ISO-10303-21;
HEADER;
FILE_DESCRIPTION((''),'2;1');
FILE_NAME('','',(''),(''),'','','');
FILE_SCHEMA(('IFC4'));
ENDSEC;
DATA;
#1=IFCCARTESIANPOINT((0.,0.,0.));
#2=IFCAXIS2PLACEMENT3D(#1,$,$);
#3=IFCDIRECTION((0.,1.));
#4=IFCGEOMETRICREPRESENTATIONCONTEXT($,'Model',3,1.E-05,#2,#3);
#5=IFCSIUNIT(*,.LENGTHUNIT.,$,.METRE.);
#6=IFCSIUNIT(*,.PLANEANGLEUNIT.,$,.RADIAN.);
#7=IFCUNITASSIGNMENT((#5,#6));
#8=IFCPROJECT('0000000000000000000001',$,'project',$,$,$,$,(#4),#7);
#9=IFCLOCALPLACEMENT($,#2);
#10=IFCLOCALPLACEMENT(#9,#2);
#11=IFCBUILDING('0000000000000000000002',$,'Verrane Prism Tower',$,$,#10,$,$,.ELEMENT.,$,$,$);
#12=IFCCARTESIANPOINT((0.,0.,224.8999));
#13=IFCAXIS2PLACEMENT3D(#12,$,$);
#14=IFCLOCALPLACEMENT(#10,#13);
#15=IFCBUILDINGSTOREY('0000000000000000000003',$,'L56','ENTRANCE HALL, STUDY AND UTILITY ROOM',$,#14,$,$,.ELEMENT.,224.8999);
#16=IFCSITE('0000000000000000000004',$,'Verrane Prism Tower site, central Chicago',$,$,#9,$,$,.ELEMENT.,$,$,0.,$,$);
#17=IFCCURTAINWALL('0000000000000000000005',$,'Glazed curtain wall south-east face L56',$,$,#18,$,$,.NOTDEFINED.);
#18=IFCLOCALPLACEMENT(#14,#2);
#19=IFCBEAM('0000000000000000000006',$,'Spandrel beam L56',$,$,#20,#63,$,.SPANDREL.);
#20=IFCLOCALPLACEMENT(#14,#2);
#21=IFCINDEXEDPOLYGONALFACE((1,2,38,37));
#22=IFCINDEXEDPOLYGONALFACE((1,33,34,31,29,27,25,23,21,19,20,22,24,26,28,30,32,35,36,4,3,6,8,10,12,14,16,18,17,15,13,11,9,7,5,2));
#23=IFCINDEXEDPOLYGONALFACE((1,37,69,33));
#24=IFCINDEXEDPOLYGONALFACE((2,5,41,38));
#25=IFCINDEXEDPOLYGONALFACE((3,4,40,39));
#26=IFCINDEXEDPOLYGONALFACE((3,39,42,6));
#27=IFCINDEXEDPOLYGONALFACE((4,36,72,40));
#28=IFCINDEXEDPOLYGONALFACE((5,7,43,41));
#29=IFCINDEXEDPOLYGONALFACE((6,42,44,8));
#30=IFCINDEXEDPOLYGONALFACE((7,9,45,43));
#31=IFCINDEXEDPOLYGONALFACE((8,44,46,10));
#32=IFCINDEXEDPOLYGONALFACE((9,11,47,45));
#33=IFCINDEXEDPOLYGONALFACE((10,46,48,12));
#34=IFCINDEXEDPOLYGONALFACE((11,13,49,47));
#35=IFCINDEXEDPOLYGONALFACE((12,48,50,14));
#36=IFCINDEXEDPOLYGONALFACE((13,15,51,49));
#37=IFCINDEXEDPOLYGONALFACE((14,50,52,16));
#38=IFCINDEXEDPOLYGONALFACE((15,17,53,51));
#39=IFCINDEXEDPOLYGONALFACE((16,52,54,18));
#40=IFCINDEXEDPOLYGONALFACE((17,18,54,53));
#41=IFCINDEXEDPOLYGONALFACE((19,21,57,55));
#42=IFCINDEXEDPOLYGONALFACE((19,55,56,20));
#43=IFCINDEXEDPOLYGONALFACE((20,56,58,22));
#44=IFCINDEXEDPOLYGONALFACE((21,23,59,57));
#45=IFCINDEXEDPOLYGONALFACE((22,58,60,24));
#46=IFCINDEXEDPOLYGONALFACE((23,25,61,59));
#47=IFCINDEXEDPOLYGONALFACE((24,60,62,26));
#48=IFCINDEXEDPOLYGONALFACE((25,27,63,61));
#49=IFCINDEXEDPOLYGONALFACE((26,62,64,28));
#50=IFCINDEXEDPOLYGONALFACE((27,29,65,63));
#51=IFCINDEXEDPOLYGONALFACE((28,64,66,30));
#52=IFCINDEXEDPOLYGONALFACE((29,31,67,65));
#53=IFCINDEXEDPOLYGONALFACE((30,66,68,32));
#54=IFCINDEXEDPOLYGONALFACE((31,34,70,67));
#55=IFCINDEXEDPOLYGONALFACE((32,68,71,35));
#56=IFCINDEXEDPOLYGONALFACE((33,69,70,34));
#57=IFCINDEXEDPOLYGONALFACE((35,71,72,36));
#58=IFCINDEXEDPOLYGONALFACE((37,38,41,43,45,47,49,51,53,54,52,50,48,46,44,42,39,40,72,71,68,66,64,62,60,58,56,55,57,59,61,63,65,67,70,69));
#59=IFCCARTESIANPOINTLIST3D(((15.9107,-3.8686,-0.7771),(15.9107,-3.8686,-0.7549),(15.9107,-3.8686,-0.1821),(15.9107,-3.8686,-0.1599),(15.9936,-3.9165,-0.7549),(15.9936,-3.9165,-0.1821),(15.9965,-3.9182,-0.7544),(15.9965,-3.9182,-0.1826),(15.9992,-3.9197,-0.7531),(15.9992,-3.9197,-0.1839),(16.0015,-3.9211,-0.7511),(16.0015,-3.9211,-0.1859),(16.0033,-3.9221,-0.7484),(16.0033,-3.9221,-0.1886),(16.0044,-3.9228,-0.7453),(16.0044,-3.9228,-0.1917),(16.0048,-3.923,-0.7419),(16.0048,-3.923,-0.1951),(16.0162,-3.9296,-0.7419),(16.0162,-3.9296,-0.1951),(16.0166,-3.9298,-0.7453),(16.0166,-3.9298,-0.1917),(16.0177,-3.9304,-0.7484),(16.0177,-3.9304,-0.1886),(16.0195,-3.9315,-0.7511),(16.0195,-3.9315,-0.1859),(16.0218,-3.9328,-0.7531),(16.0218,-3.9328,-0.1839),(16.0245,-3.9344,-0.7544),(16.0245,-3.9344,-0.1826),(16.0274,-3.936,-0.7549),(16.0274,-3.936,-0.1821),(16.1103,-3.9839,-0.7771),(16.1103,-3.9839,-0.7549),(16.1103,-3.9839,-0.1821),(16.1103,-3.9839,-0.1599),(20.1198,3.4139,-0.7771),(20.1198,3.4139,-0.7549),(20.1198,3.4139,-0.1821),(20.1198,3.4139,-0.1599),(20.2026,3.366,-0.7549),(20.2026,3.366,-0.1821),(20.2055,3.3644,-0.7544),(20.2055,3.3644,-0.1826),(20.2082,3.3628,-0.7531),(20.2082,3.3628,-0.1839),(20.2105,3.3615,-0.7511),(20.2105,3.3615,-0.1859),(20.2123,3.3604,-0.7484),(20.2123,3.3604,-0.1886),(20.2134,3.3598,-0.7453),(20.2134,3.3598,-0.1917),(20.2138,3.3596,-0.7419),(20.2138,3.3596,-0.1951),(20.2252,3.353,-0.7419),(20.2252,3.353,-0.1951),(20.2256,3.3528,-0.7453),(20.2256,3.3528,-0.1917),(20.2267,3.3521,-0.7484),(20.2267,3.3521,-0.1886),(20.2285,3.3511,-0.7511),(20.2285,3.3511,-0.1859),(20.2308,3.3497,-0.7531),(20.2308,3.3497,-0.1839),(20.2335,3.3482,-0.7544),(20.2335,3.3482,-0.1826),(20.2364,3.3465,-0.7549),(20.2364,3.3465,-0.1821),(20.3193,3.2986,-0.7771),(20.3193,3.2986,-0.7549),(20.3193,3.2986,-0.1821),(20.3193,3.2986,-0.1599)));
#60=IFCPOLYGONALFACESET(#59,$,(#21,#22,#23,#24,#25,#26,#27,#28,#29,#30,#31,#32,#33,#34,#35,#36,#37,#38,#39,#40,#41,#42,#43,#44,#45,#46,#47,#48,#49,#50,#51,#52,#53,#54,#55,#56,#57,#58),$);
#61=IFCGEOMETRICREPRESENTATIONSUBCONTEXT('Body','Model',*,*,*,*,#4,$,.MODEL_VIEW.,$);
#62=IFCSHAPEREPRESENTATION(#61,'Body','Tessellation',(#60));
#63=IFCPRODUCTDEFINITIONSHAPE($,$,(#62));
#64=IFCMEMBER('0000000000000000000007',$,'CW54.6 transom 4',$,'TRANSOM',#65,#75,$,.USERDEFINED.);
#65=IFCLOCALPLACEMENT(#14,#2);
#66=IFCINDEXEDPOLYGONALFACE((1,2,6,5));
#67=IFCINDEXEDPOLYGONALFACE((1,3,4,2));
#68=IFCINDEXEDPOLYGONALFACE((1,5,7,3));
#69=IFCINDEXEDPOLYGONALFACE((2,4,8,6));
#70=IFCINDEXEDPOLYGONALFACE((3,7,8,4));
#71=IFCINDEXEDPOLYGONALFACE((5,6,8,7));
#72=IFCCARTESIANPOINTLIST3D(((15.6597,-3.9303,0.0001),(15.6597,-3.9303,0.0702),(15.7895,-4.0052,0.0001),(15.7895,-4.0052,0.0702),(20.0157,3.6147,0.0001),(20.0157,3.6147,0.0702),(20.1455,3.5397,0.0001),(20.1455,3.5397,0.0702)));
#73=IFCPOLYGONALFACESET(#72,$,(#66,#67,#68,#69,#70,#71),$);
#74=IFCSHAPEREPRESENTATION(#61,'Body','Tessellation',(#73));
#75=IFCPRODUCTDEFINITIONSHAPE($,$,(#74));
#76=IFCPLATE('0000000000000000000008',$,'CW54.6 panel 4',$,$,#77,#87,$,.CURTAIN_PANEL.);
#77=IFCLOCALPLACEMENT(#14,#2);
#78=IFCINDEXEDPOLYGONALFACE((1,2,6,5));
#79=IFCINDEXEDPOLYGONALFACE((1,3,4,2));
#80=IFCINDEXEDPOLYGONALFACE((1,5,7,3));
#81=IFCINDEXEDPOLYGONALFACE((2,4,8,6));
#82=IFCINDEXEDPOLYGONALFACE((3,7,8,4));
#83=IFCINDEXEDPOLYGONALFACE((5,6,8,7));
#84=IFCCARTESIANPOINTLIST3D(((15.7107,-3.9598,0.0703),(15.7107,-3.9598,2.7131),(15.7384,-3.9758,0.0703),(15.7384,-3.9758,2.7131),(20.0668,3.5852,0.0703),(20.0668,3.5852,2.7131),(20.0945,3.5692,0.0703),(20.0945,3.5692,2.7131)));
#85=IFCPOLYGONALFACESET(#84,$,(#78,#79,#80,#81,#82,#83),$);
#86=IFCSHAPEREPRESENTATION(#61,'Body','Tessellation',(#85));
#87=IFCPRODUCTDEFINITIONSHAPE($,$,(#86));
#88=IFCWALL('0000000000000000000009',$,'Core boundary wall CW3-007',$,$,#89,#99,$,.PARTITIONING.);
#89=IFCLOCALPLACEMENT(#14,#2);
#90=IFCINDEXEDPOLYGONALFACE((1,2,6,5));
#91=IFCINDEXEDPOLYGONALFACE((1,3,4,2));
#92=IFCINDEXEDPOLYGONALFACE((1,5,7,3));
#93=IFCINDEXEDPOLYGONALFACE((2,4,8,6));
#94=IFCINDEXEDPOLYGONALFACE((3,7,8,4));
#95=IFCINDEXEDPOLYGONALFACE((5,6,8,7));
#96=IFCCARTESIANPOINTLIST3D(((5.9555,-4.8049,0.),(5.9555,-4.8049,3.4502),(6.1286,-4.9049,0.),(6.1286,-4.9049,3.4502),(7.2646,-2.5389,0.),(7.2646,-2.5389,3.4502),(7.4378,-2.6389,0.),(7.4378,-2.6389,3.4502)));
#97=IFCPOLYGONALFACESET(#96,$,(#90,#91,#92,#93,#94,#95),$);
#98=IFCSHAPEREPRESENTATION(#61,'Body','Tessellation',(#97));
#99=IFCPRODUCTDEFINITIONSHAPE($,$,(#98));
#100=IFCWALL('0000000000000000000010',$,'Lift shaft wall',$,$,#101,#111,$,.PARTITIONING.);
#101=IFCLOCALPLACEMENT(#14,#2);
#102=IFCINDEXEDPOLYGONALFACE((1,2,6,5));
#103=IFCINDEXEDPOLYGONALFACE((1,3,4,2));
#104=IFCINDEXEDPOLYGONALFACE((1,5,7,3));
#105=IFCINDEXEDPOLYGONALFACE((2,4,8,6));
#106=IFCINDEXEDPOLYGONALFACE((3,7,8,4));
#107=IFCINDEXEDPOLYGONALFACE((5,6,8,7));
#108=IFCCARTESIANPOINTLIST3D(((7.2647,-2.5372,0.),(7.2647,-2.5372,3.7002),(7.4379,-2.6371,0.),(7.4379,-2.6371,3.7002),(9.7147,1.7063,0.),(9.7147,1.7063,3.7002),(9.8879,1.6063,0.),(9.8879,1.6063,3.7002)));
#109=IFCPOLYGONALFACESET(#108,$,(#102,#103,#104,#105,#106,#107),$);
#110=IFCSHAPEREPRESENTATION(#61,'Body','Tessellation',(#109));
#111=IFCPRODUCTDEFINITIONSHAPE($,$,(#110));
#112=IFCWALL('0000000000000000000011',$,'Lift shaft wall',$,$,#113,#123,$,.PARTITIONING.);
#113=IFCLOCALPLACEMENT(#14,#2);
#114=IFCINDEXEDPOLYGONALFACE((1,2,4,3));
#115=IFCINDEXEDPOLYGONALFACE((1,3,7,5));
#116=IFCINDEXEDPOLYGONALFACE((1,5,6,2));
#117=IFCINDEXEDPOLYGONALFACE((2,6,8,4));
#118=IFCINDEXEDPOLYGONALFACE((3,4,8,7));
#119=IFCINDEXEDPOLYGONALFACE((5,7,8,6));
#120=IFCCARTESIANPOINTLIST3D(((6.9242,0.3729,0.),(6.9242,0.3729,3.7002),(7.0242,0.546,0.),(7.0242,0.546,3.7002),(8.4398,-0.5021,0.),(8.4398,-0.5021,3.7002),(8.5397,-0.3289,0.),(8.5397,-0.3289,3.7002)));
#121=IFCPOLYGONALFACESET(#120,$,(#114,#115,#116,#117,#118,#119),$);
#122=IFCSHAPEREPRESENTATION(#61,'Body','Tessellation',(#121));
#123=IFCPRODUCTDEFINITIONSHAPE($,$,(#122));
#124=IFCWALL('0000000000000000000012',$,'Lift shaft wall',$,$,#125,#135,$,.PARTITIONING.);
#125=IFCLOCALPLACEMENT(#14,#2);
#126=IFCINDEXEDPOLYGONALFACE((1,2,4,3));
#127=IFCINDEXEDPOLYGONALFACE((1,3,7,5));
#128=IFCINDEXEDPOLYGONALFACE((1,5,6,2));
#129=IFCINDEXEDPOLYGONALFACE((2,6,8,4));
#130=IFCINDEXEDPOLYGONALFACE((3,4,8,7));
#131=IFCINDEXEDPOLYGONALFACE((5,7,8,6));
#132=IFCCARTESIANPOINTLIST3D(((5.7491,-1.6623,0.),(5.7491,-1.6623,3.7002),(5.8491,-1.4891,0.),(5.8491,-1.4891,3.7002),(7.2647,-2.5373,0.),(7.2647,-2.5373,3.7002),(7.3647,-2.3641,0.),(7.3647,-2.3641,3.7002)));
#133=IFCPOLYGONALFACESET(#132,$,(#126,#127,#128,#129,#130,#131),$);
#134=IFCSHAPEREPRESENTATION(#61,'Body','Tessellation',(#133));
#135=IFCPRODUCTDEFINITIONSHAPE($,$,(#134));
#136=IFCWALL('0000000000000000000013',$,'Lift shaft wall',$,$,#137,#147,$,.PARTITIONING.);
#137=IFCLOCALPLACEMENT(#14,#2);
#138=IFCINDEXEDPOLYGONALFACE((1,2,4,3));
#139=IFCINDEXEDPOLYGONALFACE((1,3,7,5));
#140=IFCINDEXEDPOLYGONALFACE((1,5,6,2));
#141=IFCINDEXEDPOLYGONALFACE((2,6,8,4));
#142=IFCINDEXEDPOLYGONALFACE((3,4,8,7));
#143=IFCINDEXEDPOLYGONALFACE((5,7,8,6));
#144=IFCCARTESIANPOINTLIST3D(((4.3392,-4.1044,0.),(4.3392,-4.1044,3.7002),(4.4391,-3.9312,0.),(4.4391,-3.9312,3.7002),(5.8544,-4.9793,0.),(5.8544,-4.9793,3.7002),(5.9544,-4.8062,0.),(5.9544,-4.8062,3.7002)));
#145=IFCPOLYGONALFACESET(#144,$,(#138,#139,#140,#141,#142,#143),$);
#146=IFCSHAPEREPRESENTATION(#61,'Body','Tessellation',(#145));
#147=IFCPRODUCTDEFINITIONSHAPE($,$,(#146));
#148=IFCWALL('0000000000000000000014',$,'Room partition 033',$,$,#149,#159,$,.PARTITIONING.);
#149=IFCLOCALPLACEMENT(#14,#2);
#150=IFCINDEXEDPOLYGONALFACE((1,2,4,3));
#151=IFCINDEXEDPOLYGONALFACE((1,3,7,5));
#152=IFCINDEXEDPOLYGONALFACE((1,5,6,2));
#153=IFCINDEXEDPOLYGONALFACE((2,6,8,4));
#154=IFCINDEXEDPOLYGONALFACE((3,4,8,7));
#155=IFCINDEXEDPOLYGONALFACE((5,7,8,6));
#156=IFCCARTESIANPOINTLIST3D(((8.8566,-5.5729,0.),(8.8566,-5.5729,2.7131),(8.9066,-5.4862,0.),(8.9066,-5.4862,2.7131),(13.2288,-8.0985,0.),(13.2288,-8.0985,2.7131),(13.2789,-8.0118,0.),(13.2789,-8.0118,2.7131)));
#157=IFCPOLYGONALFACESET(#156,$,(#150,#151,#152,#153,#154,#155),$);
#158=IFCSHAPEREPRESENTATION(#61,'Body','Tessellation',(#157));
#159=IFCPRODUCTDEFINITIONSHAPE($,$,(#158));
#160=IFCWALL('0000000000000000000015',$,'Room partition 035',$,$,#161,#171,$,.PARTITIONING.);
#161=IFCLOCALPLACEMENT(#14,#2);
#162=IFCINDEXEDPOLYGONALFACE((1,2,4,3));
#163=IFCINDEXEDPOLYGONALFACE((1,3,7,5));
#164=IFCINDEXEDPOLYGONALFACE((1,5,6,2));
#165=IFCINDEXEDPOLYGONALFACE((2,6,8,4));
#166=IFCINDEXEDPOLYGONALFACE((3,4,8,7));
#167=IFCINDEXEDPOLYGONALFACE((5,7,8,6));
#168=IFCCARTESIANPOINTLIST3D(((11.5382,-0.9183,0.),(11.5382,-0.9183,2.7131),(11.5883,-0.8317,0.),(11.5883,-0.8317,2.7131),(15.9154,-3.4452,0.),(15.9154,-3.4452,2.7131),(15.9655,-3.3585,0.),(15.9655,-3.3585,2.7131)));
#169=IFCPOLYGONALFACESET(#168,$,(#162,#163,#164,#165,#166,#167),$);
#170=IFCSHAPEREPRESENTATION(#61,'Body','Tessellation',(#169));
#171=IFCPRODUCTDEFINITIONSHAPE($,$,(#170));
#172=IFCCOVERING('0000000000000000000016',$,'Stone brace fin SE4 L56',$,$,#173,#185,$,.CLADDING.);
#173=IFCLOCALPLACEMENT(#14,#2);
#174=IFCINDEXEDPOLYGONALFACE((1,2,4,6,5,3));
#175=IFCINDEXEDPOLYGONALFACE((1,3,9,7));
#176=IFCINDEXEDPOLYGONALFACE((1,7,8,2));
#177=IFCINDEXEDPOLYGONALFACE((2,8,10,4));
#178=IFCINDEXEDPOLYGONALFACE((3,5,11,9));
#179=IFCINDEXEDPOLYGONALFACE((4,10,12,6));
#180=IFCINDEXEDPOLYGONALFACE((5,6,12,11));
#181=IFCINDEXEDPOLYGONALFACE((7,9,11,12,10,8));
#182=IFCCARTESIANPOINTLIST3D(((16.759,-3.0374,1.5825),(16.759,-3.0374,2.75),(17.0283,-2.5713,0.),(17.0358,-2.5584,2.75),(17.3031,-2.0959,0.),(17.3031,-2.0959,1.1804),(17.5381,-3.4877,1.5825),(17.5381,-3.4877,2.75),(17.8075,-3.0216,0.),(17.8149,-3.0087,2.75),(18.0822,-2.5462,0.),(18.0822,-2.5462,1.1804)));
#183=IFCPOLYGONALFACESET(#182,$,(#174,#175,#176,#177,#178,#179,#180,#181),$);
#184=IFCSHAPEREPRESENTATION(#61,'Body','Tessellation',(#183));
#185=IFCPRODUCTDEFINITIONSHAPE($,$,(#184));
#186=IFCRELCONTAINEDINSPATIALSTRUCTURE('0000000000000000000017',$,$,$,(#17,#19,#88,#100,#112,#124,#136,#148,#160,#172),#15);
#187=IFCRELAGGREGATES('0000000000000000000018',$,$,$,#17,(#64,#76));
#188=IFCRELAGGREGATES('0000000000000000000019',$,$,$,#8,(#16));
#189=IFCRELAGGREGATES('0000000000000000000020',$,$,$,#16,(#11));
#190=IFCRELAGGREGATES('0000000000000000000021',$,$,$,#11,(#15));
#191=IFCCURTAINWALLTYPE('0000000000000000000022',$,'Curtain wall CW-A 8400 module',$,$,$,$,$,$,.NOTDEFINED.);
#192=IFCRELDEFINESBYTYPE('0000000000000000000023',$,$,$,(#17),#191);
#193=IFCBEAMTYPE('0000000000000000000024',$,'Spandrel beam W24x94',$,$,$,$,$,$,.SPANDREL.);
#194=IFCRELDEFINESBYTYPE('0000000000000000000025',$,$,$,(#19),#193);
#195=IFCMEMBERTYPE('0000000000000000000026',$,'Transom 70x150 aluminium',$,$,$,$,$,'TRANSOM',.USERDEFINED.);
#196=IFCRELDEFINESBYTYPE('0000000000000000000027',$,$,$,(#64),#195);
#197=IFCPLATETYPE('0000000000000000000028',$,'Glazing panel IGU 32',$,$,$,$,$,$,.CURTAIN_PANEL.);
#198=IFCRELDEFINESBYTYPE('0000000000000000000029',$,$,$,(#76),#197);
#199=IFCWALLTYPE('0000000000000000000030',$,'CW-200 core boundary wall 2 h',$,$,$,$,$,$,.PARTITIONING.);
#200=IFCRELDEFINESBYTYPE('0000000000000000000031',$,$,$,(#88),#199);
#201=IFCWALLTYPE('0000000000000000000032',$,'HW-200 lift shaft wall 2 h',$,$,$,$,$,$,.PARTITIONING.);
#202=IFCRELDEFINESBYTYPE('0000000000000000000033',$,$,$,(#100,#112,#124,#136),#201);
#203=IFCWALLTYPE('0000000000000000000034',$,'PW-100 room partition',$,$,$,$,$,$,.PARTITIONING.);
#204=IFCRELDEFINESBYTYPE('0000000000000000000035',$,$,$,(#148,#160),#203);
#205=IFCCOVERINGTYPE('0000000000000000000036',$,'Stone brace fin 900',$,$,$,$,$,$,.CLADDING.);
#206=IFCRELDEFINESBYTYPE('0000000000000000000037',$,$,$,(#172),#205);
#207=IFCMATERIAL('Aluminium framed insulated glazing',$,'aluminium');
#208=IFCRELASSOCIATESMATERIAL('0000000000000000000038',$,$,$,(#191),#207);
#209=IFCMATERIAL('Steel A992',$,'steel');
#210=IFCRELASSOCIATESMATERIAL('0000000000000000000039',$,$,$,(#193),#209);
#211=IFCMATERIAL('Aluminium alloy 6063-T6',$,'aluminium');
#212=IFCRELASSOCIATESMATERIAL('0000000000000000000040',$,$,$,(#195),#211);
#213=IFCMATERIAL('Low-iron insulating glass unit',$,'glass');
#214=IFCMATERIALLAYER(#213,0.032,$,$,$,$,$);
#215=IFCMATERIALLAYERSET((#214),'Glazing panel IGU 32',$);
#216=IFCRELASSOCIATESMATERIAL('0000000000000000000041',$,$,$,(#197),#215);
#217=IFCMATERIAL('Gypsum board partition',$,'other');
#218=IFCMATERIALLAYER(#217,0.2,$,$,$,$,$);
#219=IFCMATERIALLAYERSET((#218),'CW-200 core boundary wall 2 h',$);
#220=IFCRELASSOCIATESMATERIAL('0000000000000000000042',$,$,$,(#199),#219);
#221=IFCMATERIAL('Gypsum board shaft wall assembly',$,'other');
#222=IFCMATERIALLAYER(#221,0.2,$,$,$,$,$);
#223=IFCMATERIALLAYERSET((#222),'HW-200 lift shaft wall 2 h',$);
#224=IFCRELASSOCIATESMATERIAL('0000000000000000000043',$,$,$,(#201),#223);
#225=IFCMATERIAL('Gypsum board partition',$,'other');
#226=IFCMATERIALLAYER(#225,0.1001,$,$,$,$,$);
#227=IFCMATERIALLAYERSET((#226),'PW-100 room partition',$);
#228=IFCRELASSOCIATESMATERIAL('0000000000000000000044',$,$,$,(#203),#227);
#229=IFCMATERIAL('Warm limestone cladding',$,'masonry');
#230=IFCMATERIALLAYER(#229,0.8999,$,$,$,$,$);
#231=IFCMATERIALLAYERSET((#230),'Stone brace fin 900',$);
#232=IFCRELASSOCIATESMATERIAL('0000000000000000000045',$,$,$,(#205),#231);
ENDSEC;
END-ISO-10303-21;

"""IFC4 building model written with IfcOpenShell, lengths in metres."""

from ifc_helpers import new_model, si_unit, direction, frame, frame_2d, origin, origin_2d, place, context, subcontext, project, spatial, polyline, rectangle, i_section, outline, extrude, material, layer, layer_set, material_profile, profile_set, type_object, element, aggregate, save


model = new_model("IFC4")

# Units and contexts
model_context = context("Model", 3, precision=1e-05, world=origin(), true_north=direction((0.0, 1.0)))
body_context = subcontext(model_context, "Body", "Model", "MODEL_VIEW")
ifc_project = project(units=[si_unit("LENGTHUNIT", "METRE"), si_unit("PLANEANGLEUNIT", "RADIAN")], contexts=[model_context])

# Site, building, storey
site_placement = place(None, origin())
site = spatial("IfcSite", under=ifc_project, at=site_placement, Name="Verrane Prism Tower site, central Chicago", CompositionType="ELEMENT", RefElevation=0.0)
building_placement = place(site_placement, origin())
building = spatial("IfcBuilding", under=site, at=building_placement, Name="Verrane Prism Tower", CompositionType="ELEMENT")
storey_placement = place(building_placement, frame((0.0, 0.0, 224.8999)))
storey = spatial("IfcBuildingStorey", under=building, at=storey_placement, Name="L56", Description="ENTRANCE HALL, STUDY AND UTILITY ROOM", CompositionType="ELEMENT", Elevation=224.8999)

# Curtain wall
ifc_material_1 = material(Name="Aluminium framed insulated glazing", Category="aluminium")
curtain_wall_type = type_object("IfcCurtainWallType", Name="Curtain wall CW-A 8400 module", PredefinedType="NOTDEFINED", material=ifc_material_1)
curtain_wall_placement = place(storey_placement, origin())
curtain_wall = element("IfcCurtainWall", 1, at=curtain_wall_placement, inside=storey, type_object=curtain_wall_type, Name="Glazed curtain wall south-east face L56", PredefinedType="NOTDEFINED")

# Beam
ifc_material_2 = material(Name="Steel A992", Category="steel")
ifc_material_profile_1 = material_profile(ifc_material_2, i_section(OverallWidth=0.2305, OverallDepth=0.6172, WebThickness=0.0132, FlangeThickness=0.0222, FilletRadius=0.0129, at=origin_2d()), Name="W24x94")
ifc_profile_set_1 = profile_set([ifc_material_profile_1], Name="Steel A992")
beam_type_1 = type_object("IfcBeamType", Name="Spandrel beam W24x94", PredefinedType="SPANDREL", material=ifc_profile_set_1)
beam_1_placement = place(storey_placement, frame((16.0105, -3.9263, -0.4685), z_axis=(0.500397, 0.865796, 0.0), x_axis=(-0.865796, 0.500397, 0.0)))
element("IfcBeam", 2, at=beam_1_placement, inside=storey, type_object=beam_type_1, Name="Spandrel beam L56", PredefinedType="SPANDREL", context=body_context, shape_type="SweptSolid", body=[
    extrude(i_section(OverallWidth=0.2305, OverallDepth=0.6172, WebThickness=0.0132, FlangeThickness=0.0222, FilletRadius=0.0129, at=origin_2d()), origin(), (0.0, 0.0, 1.0), 8.4114),
])

# Member
ifc_material_3 = material(Name="Aluminium alloy 6063-T6", Category="aluminium")
ifc_material_profile_2 = material_profile(ifc_material_3, rectangle(XDim=0.1499, YDim=0.0701, at=origin_2d()), Name="Transom 70x150 aluminium")
ifc_profile_set_2 = profile_set([ifc_material_profile_2], Name="Aluminium alloy 6063-T6")
member_type_1 = type_object("IfcMemberType", Name="Transom 70x150 aluminium", ElementType="TRANSOM", PredefinedType="USERDEFINED", material=ifc_profile_set_2)
member_1_placement = place(storey_placement, frame((15.7246, -3.9678, 0.0352), z_axis=(0.499991, 0.866031, 0.0), x_axis=(-0.866031, 0.499991, 0.0)))
member_1 = element("IfcMember", 3, at=member_1_placement, type_object=member_type_1, Name="CW54.6 transom 4", ObjectType="TRANSOM", PredefinedType="USERDEFINED", context=body_context, shape_type="SweptSolid", body=[
    extrude(rectangle(XDim=0.1499, YDim=0.0701, at=origin_2d()), origin(), (0.0, 0.0, 1.0), 8.7122),
])

# Plate
ifc_material_4 = material(Name="Low-iron insulating glass unit", Category="glass")
ifc_layer_1 = layer(ifc_material_4, 0.032)
ifc_layer_set_1 = layer_set([ifc_layer_1], Name="Glazing panel IGU 32")
plate_type = type_object("IfcPlateType", Name="Glazing panel IGU 32", PredefinedType="CURTAIN_PANEL", material=ifc_layer_set_1)
plate_placement = place(storey_placement, frame((17.9026, -0.1953, 0.0703), z_axis=(0.0, 0.0, 1.0), x_axis=(0.500001, 0.866025, 0.0)))
plate = element("IfcPlate", 4, at=plate_placement, type_object=plate_type, Name="CW54.6 panel 4", PredefinedType="CURTAIN_PANEL", context=body_context, shape_type="SweptSolid", body=[
    extrude(rectangle(XDim=8.7122, YDim=0.032, at=origin_2d()), origin(), (0.0, 0.0, 1.0), 2.6428),
])
aggregate(curtain_wall, [member_1, plate])

# Walls
ifc_material_5 = material(Name="Gypsum board partition", Category="other")
ifc_layer_2 = layer(ifc_material_5, 0.2)
ifc_layer_set_2 = layer_set([ifc_layer_2], Name="CW-200 core boundary wall 2 h")
wall_type_1 = type_object("IfcWallType", Name="CW-200 core boundary wall 2 h", PredefinedType="PARTITIONING", material=ifc_layer_set_2)
wall_1_placement = place(storey_placement, frame((6.042, -4.855, 0.0), z_axis=(0.0, 0.0, 1.0), x_axis=(0.500253, 0.865879, 0.0)))
element("IfcWall", 5, at=wall_1_placement, inside=storey, type_object=wall_type_1, Name="Core boundary wall CW3-007", PredefinedType="PARTITIONING", context=body_context, shape_type="SweptSolid", body=[
    extrude(rectangle(XDim=2.6169, YDim=0.2, at=frame_2d((1.3086, 0.0))), origin(), (0.0, 0.0, 1.0), 3.4502),
])
ifc_material_6 = material(Name="Gypsum board shaft wall assembly", Category="other")
ifc_layer_3 = layer(ifc_material_6, 0.2)
ifc_layer_set_3 = layer_set([ifc_layer_3], Name="HW-200 lift shaft wall 2 h")
wall_type_2 = type_object("IfcWallType", Name="HW-200 lift shaft wall 2 h", PredefinedType="PARTITIONING", material=ifc_layer_set_3)
wall_2_placement = place(storey_placement, frame((7.3513, -2.5872, 0.0), z_axis=(0.0, 0.0, 1.0), x_axis=(0.500003, 0.866024, 0.0)))
element("IfcWall", 6, at=wall_2_placement, inside=storey, type_object=wall_type_2, Name="Lift shaft wall", PredefinedType="PARTITIONING", context=body_context, shape_type="SweptSolid", body=[
    extrude(rectangle(XDim=4.8999, YDim=0.2, at=frame_2d((2.45, 0.0))), origin(), (0.0, 0.0, 1.0), 3.7002),
])
for number, where, z_axis, x_axis, name in (
    (7, (8.4897, -0.4155, 0.0), (0.0, 0.0, 1.0), (-0.866037, 0.49998, 0.0), "Lift shaft wall"),
    (8, (7.3147, -2.4507, 0.0), (0.0, 0.0, 1.0), (-0.866037, 0.49998, 0.0), "Lift shaft wall"),
):
    element("IfcWall", number, at=place(storey_placement, frame(where, z_axis=z_axis, x_axis=x_axis)), inside=storey, type_object=wall_type_2, Name=name, PredefinedType="PARTITIONING", context=body_context, shape_type="SweptSolid", body=[
        extrude(rectangle(XDim=1.75, YDim=0.2, at=frame_2d((0.875, 0.0))), origin(), (0.0, 0.0, 1.0), 3.7002),
    ])
wall_3_placement = place(storey_placement, frame((5.9045, -4.8928, 0.0), z_axis=(0.0, 0.0, 1.0), x_axis=(-0.866002, 0.50004, 0.0)))
element("IfcWall", 9, at=wall_3_placement, inside=storey, type_object=wall_type_2, Name="Lift shaft wall", PredefinedType="PARTITIONING", context=body_context, shape_type="SweptSolid", body=[
    extrude(rectangle(XDim=1.7498, YDim=0.2, at=frame_2d((0.875, 0.0))), origin(), (0.0, 0.0, 1.0), 3.7002),
])
ifc_material_7 = material(Name="Gypsum board partition", Category="other")
ifc_layer_4 = layer(ifc_material_7, 0.1001)
ifc_layer_set_4 = layer_set([ifc_layer_4], Name="PW-100 room partition")
wall_type_3 = type_object("IfcWallType", Name="PW-100 room partition", PredefinedType="PARTITIONING", material=ifc_layer_set_4)
wall_4_placement = place(storey_placement, frame((8.8816, -5.5295, 0.0), z_axis=(0.0, 0.0, 1.0), x_axis=(0.865916, -0.50019, 0.0)))
element("IfcWall", 10, at=wall_4_placement, inside=storey, type_object=wall_type_3, Name="Room partition 033", PredefinedType="PARTITIONING", context=body_context, shape_type="SweptSolid", body=[
    extrude(rectangle(XDim=5.0493, YDim=0.1001, at=frame_2d((2.5247, 0.0))), origin(), (0.0, 0.0, 1.0), 2.7131),
])
wall_5_placement = place(storey_placement, frame((11.5632, -0.875, 0.0), z_axis=(0.0, 0.0, 1.0), x_axis=(0.866053, -0.499952, 0.0)))
element("IfcWall", 11, at=wall_5_placement, inside=storey, type_object=wall_type_3, Name="Room partition 035", PredefinedType="PARTITIONING", context=body_context, shape_type="SweptSolid", body=[
    extrude(rectangle(XDim=5.0542, YDim=0.1001, at=frame_2d((2.5271, 0.0))), origin(), (0.0, 0.0, 1.0), 2.7131),
])

# Covering
ifc_material_8 = material(Name="Warm limestone cladding", Category="masonry")
ifc_layer_5 = layer(ifc_material_8, 0.8999)
ifc_layer_set_5 = layer_set([ifc_layer_5], Name="Stone brace fin 900")
covering_type = type_object("IfcCoveringType", Name="Stone brace fin 900", PredefinedType="CLADDING", material=ifc_layer_set_5)
covering_placement = place(storey_placement, frame((17.6926, -2.321, 0.0), z_axis=(0.0, 0.0, 1.0), x_axis=(-0.500364, -0.865815, 0.0)))
element("IfcCovering", 12, at=covering_placement, inside=storey, type_object=covering_type, Name="Stone brace fin SE4 L56", PredefinedType="CLADDING", context=body_context, shape_type="SweptSolid", body=[
    extrude(outline(polyline([(1.0874, 2.75), (0.5342, 2.75), (0.0, 1.1804), (0.0, 0.0), (0.5491, 0.0), (1.0874, 1.5825), (1.0874, 2.75)])), frame((0.0, 0.45, 0.0), z_axis=(0.0, -1.0, 0.0), x_axis=(1.0, 0.0, 0.0)), (0.0, 0.0, 1.0), 0.8999),
])

save(model, "model.ifc")
